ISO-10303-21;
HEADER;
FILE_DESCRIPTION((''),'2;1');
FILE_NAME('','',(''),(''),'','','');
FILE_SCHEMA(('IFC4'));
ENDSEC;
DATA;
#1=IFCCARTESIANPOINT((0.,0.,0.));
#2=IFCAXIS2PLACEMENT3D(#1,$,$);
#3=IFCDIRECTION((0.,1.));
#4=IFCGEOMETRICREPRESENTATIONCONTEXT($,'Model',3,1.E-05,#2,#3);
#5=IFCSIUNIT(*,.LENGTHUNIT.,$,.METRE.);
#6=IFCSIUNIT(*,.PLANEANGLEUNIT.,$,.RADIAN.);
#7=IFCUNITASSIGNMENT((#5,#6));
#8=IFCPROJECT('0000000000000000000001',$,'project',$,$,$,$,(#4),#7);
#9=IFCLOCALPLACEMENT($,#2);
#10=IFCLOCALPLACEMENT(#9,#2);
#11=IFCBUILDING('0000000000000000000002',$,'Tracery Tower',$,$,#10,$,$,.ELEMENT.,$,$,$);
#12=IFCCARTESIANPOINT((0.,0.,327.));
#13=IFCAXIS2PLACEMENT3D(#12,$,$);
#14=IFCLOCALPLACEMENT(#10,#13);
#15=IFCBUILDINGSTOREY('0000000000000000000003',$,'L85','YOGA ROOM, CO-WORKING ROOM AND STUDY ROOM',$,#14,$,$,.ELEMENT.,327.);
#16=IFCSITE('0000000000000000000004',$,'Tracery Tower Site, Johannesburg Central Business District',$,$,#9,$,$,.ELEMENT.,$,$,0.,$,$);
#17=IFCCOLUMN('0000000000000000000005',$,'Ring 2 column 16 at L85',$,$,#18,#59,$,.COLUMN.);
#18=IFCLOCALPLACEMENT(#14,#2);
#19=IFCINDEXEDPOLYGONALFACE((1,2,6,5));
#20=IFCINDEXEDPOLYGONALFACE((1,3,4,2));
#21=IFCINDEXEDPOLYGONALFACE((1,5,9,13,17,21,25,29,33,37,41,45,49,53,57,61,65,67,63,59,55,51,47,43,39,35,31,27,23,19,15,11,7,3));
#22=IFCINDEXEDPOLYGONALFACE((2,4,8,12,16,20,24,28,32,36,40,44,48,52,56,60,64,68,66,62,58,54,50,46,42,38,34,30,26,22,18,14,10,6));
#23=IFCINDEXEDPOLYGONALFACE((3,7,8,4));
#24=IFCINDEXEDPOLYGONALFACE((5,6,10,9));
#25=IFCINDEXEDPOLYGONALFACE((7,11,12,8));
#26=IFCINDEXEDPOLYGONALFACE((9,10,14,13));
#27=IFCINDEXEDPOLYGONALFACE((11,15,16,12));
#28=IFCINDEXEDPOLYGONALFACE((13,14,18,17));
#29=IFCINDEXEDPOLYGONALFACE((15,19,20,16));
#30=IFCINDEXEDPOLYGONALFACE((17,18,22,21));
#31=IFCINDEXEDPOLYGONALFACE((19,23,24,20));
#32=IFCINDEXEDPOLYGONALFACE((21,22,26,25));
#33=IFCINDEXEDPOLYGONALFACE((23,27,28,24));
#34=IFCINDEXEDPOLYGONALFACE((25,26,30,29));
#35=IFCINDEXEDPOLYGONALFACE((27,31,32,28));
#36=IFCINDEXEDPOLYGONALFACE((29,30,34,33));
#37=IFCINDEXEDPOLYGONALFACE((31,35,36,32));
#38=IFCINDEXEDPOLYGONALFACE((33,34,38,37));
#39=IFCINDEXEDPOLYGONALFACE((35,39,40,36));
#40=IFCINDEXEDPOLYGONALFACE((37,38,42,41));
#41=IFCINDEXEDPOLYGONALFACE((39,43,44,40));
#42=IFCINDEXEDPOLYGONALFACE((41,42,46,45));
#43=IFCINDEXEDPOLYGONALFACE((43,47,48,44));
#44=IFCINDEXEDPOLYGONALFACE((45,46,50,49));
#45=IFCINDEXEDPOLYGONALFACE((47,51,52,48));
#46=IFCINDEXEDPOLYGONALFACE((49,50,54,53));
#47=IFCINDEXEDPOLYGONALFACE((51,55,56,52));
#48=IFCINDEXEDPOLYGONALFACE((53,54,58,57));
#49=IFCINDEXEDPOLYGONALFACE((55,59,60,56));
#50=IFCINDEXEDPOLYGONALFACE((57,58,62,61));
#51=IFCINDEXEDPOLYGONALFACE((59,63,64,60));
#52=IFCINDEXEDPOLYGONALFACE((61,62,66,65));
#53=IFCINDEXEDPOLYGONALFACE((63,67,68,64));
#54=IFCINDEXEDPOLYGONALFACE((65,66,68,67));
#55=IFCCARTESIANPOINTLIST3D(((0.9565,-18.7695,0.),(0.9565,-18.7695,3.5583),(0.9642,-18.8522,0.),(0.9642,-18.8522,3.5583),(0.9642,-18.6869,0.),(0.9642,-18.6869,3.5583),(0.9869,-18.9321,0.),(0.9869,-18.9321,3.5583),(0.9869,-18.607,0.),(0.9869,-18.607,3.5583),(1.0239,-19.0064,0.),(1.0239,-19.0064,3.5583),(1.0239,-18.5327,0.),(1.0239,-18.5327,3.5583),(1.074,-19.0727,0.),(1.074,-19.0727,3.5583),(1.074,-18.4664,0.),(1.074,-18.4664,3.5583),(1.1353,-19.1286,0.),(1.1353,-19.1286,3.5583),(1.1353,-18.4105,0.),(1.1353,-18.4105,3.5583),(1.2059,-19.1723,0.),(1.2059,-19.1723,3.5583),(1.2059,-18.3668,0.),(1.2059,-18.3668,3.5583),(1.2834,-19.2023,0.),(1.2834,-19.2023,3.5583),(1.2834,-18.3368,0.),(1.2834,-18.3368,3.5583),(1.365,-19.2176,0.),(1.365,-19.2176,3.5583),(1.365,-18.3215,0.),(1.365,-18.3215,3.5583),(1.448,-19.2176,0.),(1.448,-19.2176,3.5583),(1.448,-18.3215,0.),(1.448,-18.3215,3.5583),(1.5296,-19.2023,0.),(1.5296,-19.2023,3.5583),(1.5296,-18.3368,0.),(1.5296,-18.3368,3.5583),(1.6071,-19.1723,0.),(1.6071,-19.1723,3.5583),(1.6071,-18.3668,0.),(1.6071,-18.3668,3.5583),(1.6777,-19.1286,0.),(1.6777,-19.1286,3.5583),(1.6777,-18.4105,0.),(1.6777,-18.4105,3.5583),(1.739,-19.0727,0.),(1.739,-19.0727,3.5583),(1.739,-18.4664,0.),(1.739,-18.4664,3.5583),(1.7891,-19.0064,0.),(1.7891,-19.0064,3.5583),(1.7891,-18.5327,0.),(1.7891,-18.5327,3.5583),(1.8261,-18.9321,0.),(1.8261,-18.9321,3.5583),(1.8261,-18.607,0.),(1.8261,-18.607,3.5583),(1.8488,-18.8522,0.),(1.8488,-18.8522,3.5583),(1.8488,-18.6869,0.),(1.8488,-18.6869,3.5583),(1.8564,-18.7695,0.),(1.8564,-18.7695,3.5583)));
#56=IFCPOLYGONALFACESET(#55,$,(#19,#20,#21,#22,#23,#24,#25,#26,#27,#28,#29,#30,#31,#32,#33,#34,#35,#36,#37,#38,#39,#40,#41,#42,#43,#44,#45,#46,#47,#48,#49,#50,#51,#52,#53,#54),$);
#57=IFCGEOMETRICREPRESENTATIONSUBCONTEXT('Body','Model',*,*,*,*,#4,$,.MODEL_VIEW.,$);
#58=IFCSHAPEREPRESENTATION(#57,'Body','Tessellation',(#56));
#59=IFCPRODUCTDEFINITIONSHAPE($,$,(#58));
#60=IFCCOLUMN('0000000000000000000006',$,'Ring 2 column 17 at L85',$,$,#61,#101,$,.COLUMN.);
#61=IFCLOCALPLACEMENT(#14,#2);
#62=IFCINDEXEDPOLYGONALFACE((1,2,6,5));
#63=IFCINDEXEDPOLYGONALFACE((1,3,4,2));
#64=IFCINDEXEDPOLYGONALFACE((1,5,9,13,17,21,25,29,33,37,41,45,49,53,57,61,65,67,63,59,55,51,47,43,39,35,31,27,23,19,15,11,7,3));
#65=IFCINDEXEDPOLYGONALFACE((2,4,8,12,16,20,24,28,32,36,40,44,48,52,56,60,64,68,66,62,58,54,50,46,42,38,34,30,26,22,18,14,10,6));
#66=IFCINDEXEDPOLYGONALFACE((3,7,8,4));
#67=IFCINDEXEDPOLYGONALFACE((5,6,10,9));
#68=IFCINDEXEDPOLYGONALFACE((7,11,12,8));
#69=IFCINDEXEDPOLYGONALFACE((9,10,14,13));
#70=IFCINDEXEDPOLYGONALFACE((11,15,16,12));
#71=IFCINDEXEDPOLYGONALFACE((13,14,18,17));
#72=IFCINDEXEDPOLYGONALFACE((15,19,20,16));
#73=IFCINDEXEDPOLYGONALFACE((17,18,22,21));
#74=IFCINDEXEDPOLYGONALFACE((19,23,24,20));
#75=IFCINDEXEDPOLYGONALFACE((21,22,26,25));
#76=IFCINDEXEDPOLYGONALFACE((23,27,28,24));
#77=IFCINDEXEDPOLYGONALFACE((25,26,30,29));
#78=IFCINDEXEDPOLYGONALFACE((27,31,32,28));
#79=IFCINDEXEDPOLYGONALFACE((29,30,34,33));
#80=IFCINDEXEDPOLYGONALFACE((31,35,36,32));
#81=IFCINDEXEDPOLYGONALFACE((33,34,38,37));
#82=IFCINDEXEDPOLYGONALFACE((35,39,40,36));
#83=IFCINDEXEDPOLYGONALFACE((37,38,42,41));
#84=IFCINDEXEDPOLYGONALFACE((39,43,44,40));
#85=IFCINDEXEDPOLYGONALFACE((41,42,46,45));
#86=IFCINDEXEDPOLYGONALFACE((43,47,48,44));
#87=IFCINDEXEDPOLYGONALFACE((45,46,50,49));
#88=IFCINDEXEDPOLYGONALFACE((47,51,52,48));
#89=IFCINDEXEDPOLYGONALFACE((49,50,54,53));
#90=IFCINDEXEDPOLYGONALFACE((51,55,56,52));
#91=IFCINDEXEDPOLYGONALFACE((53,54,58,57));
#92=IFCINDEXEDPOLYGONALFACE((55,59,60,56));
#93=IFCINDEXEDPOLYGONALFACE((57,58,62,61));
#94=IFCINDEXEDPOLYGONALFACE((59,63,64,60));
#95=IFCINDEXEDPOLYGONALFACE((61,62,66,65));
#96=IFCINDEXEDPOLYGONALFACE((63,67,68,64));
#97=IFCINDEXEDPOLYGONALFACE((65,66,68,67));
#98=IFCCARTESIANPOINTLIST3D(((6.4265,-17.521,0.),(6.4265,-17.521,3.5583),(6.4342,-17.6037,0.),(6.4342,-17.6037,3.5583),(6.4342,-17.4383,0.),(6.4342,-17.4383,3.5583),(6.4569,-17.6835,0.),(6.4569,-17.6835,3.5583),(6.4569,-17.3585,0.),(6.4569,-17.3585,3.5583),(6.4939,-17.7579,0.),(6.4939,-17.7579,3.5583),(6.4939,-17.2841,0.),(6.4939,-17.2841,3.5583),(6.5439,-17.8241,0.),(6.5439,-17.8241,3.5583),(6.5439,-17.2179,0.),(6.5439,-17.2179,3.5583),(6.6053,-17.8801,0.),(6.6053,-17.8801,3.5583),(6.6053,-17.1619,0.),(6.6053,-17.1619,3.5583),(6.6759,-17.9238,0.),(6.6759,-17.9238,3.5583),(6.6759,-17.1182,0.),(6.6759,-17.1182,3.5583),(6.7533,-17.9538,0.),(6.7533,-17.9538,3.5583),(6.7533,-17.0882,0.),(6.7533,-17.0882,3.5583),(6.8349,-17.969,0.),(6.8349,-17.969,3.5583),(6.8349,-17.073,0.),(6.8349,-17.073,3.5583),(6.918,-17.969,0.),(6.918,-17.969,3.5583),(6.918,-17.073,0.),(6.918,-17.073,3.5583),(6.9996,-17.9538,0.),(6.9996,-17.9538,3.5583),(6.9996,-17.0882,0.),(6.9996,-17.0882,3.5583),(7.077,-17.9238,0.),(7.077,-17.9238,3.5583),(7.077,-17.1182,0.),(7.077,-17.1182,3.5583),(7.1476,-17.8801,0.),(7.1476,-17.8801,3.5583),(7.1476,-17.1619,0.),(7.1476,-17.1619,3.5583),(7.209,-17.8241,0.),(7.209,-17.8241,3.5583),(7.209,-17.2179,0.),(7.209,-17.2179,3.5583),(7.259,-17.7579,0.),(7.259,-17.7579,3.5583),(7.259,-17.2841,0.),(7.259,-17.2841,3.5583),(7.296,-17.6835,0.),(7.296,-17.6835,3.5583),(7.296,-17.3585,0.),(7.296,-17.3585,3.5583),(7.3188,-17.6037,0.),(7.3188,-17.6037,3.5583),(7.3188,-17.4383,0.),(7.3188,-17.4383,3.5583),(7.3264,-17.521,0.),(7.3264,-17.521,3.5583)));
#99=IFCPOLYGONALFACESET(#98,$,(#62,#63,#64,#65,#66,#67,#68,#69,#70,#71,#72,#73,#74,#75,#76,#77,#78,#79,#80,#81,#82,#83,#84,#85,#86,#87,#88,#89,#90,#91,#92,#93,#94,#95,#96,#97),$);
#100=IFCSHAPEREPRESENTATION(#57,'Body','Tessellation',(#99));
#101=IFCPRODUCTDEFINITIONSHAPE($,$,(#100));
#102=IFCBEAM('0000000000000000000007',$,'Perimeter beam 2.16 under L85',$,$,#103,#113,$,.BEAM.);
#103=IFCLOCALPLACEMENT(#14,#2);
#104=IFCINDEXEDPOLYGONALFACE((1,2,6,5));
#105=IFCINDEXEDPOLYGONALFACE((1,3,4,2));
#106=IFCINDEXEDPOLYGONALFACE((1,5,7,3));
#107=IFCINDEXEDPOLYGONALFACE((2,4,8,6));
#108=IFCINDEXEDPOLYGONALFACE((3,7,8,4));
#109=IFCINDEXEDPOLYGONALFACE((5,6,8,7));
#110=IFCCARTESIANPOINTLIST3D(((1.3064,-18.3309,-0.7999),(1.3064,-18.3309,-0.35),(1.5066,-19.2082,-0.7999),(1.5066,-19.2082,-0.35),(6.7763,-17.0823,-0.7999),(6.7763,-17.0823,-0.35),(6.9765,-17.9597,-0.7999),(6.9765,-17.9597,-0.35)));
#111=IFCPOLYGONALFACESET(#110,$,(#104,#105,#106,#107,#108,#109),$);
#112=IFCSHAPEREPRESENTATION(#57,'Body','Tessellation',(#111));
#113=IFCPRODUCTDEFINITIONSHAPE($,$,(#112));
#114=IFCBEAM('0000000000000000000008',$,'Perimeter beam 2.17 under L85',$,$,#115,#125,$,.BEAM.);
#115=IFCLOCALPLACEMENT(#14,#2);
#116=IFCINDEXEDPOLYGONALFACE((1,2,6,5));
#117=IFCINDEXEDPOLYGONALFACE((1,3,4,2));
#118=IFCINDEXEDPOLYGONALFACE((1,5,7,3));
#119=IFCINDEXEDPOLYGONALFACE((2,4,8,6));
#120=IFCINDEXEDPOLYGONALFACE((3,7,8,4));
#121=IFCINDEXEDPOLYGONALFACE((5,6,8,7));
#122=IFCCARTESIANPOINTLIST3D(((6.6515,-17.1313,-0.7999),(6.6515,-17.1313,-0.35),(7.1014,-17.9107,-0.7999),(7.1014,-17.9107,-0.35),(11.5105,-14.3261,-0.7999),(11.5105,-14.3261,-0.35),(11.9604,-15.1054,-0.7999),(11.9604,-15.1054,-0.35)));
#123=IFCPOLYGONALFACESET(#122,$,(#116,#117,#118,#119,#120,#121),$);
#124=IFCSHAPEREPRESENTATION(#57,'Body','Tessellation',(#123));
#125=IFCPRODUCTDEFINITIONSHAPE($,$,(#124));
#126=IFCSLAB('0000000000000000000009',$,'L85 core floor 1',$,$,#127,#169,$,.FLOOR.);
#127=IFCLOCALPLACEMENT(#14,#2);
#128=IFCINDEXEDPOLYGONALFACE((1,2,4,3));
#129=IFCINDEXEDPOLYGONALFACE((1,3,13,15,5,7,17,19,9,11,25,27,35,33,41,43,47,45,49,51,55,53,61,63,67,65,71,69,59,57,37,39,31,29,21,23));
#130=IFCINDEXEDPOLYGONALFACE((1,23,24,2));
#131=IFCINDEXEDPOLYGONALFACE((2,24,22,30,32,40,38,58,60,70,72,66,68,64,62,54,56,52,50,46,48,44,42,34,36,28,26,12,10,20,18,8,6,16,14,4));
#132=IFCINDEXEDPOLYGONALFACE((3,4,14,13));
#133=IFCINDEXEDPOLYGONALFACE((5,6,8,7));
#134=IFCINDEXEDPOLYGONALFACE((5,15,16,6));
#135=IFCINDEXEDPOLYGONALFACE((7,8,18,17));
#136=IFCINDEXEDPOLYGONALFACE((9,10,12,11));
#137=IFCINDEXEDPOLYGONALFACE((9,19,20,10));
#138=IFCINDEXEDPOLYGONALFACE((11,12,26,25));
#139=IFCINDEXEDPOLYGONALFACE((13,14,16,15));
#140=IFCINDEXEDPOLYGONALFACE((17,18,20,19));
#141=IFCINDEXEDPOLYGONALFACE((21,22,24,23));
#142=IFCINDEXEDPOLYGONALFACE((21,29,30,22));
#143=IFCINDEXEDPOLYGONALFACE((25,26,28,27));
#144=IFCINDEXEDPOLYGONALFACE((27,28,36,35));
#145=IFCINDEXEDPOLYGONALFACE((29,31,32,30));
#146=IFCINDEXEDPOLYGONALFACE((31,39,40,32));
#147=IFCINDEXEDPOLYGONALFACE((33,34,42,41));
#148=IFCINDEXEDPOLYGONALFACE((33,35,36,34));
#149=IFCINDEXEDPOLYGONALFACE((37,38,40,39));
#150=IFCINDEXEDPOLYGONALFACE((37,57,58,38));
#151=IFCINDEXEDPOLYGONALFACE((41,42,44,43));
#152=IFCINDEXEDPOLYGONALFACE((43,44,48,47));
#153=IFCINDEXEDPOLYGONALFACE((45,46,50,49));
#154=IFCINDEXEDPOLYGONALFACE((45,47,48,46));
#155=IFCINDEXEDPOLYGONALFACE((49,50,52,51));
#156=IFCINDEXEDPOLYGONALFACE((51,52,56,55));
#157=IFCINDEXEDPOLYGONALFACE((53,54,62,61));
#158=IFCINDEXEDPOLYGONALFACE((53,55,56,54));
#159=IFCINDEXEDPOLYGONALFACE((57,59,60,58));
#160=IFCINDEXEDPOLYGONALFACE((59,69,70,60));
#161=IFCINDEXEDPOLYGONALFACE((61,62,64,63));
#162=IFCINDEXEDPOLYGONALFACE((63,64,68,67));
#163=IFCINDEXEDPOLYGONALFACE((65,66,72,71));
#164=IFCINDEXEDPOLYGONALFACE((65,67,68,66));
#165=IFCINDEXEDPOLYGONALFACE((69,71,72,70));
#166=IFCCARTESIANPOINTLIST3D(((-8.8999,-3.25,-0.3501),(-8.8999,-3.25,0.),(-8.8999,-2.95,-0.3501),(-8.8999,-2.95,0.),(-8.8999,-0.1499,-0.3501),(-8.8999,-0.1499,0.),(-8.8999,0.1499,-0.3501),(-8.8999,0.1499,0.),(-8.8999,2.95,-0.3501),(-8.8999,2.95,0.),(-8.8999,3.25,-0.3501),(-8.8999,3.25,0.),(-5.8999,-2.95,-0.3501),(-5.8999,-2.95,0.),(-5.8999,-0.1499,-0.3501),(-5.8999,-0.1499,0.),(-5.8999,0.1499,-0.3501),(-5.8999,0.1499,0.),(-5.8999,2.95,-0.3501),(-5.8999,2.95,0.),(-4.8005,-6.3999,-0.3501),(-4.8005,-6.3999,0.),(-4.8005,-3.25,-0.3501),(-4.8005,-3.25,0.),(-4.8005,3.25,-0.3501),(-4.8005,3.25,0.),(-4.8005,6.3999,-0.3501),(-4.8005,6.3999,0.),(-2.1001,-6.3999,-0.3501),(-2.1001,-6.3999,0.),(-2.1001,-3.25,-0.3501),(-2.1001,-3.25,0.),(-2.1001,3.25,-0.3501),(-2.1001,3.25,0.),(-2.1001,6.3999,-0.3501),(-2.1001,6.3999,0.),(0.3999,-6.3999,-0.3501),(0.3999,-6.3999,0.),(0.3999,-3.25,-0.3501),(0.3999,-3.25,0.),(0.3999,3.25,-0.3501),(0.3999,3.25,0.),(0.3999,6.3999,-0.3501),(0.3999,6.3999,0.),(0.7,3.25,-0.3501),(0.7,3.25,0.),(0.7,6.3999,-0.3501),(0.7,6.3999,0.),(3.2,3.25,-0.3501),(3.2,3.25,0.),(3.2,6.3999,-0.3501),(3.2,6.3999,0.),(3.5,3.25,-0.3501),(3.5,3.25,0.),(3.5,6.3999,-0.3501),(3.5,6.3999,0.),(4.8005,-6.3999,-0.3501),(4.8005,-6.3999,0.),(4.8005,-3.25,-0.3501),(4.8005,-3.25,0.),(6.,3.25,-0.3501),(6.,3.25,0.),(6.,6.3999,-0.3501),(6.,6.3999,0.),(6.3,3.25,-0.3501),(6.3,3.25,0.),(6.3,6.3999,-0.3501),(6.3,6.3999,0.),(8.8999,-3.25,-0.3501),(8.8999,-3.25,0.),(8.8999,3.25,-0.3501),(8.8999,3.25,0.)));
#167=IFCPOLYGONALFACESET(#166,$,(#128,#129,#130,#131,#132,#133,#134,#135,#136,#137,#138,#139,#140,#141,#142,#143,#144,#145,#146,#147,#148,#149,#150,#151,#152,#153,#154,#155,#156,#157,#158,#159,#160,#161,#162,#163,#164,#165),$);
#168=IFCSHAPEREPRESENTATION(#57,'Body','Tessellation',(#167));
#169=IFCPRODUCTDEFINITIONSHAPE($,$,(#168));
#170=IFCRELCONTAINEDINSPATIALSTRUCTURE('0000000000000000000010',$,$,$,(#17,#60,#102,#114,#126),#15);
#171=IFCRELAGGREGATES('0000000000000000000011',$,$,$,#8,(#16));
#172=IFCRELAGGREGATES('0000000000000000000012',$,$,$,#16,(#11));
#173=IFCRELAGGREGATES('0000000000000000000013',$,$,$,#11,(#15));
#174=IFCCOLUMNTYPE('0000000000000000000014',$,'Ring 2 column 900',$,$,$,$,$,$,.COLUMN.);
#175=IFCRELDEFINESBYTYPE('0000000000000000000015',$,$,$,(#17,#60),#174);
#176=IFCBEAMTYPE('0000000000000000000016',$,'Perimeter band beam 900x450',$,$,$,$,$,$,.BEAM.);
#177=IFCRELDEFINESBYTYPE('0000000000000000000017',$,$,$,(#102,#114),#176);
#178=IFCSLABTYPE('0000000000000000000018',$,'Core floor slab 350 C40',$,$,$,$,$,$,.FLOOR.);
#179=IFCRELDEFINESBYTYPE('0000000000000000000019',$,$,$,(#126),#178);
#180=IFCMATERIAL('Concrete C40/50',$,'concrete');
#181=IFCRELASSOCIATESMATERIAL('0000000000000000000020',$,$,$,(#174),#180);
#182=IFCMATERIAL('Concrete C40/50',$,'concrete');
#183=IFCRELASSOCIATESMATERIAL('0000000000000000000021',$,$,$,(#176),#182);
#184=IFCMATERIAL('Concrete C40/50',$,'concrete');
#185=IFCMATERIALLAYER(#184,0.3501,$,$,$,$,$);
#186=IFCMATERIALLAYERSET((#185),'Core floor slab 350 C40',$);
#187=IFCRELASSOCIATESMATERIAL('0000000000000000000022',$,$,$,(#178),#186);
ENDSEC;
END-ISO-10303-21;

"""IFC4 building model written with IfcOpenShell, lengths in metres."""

from ifc_helpers import new_model, si_unit, direction, frame, origin, origin_2d, place, context, subcontext, project, spatial, polyline, rectangle, circle, outline, extrude, material, layer, layer_set, material_profile, profile_set, type_object, element, save


model = new_model("IFC4")

# Units and contexts
model_context = context("Model", 3, precision=1e-05, world=origin(), true_north=direction((0.0, 1.0)))
body_context = subcontext(model_context, "Body", "Model", "MODEL_VIEW")
ifc_project = project(units=[si_unit("LENGTHUNIT", "METRE"), si_unit("PLANEANGLEUNIT", "RADIAN")], contexts=[model_context])

# Site, building, storey
site_placement = place(None, origin())
site = spatial("IfcSite", under=ifc_project, at=site_placement, Name="Tracery Tower Site, Johannesburg Central Business District", CompositionType="ELEMENT", RefElevation=0.0)
building_placement = place(site_placement, origin())
building = spatial("IfcBuilding", under=site, at=building_placement, Name="Tracery Tower", CompositionType="ELEMENT")
storey_placement = place(building_placement, frame((0.0, 0.0, 327.0)))
storey = spatial("IfcBuildingStorey", under=building, at=storey_placement, Name="L85", Description="YOGA ROOM, CO-WORKING ROOM AND STUDY ROOM", CompositionType="ELEMENT", Elevation=327.0)

# Columns
ifc_material_1 = material(Name="Concrete C40/50", Category="concrete")
ifc_material_profile_1 = material_profile(ifc_material_1, circle(Radius=0.45, at=origin_2d()), Name="RC D900")
ifc_profile_set_1 = profile_set([ifc_material_profile_1], Name="Concrete C40/50")
column_type = type_object("IfcColumnType", Name="Ring 2 column 900", PredefinedType="COLUMN", material=ifc_profile_set_1)
for number, where, z_axis, x_axis, name in (
    (1, (1.4065, -18.7695, 0.0), (0.0, 0.0, 1.0), (1.0, 0.0, 0.0), "Ring 2 column 16 at L85"),
    (2, (6.8765, -17.521, 0.0), (0.0, 0.0, 1.0), (1.0, 0.0, 0.0), "Ring 2 column 17 at L85"),
):
    element("IfcColumn", number, at=place(storey_placement, frame(where, z_axis=z_axis, x_axis=x_axis)), inside=storey, type_object=column_type, Name=name, PredefinedType="COLUMN", context=body_context, shape_type="SweptSolid", body=[
        extrude(circle(Radius=0.45, at=origin_2d()), origin(), (0.0, 0.0, 1.0), 3.5583),
    ])

# Beams
ifc_material_2 = material(Name="Concrete C40/50", Category="concrete")
ifc_material_profile_2 = material_profile(ifc_material_2, rectangle(XDim=0.8999, YDim=0.45, at=origin_2d()), Name="RC 900x450")
ifc_profile_set_2 = profile_set([ifc_material_profile_2], Name="Concrete C40/50")
beam_type = type_object("IfcBeamType", Name="Perimeter band beam 900x450", PredefinedType="BEAM", material=ifc_profile_set_2)
for number, where, z_axis, x_axis, name in (
    (3, (1.4065, -18.7695, -0.575), (0.974926, 0.222529, 0.0), (-0.222529, 0.974926, 0.0), "Perimeter beam 2.16 under L85"),
    (4, (6.8765, -17.521, -0.575), (0.866033, 0.499986, 0.0), (-0.499986, 0.866033, 0.0), "Perimeter beam 2.17 under L85"),
):
    element("IfcBeam", number, at=place(storey_placement, frame(where, z_axis=z_axis, x_axis=x_axis)), inside=storey, type_object=beam_type, Name=name, PredefinedType="BEAM", context=body_context, shape_type="SweptSolid", body=[
        extrude(rectangle(XDim=0.8999, YDim=0.45, at=origin_2d()), origin(), (0.0, 0.0, 1.0), 5.6106),
    ])

# Slab
ifc_material_3 = material(Name="Concrete C40/50", Category="concrete")
ifc_layer_1 = layer(ifc_material_3, 0.3501)
ifc_layer_set_1 = layer_set([ifc_layer_1], Name="Core floor slab 350 C40")
slab_type_1 = type_object("IfcSlabType", Name="Core floor slab 350 C40", PredefinedType="FLOOR", material=ifc_layer_set_1)
slab_1_placement = place(storey_placement, frame((0.0, 0.0, -0.3501)))
element("IfcSlab", 5, at=slab_1_placement, inside=storey, type_object=slab_type_1, Name="L85 core floor 1", PredefinedType="FLOOR", context=body_context, shape_type="SweptSolid", body=[
    extrude(outline(polyline([(-4.8005, -3.25), (-8.8999, -3.25), (-8.8999, -2.95), (-5.8999, -2.95), (-5.8999, -0.1499), (-8.8999, -0.1499), (-8.8999, 0.1499), (-5.8999, 0.1499), (-5.8999, 2.95), (-8.8999, 2.95), (-8.8999, 3.25), (-4.8005, 3.25), (-4.8005, 6.3999), (-2.1001, 6.3999), (-2.1001, 3.25), (0.3999, 3.25), (0.3999, 6.3999), (0.7, 6.3999), (0.7, 3.25), (3.2, 3.25), (3.2, 6.3999), (3.5, 6.3999), (3.5, 3.25), (6.0, 3.25), (6.0, 6.3999), (6.3, 6.3999), (6.3, 3.25), (8.8999, 3.25), (8.8999, -3.25), (4.8005, -3.25), (4.8005, -6.3999), (0.3999, -6.3999), (0.3999, -3.25), (-2.1001, -3.25), (-2.1001, -6.3999), (-4.8005, -6.3999), (-4.8005, -3.25)])), origin(), (0.0, 0.0, 1.0), 0.3501),
])

save(model, "model.ifc")
